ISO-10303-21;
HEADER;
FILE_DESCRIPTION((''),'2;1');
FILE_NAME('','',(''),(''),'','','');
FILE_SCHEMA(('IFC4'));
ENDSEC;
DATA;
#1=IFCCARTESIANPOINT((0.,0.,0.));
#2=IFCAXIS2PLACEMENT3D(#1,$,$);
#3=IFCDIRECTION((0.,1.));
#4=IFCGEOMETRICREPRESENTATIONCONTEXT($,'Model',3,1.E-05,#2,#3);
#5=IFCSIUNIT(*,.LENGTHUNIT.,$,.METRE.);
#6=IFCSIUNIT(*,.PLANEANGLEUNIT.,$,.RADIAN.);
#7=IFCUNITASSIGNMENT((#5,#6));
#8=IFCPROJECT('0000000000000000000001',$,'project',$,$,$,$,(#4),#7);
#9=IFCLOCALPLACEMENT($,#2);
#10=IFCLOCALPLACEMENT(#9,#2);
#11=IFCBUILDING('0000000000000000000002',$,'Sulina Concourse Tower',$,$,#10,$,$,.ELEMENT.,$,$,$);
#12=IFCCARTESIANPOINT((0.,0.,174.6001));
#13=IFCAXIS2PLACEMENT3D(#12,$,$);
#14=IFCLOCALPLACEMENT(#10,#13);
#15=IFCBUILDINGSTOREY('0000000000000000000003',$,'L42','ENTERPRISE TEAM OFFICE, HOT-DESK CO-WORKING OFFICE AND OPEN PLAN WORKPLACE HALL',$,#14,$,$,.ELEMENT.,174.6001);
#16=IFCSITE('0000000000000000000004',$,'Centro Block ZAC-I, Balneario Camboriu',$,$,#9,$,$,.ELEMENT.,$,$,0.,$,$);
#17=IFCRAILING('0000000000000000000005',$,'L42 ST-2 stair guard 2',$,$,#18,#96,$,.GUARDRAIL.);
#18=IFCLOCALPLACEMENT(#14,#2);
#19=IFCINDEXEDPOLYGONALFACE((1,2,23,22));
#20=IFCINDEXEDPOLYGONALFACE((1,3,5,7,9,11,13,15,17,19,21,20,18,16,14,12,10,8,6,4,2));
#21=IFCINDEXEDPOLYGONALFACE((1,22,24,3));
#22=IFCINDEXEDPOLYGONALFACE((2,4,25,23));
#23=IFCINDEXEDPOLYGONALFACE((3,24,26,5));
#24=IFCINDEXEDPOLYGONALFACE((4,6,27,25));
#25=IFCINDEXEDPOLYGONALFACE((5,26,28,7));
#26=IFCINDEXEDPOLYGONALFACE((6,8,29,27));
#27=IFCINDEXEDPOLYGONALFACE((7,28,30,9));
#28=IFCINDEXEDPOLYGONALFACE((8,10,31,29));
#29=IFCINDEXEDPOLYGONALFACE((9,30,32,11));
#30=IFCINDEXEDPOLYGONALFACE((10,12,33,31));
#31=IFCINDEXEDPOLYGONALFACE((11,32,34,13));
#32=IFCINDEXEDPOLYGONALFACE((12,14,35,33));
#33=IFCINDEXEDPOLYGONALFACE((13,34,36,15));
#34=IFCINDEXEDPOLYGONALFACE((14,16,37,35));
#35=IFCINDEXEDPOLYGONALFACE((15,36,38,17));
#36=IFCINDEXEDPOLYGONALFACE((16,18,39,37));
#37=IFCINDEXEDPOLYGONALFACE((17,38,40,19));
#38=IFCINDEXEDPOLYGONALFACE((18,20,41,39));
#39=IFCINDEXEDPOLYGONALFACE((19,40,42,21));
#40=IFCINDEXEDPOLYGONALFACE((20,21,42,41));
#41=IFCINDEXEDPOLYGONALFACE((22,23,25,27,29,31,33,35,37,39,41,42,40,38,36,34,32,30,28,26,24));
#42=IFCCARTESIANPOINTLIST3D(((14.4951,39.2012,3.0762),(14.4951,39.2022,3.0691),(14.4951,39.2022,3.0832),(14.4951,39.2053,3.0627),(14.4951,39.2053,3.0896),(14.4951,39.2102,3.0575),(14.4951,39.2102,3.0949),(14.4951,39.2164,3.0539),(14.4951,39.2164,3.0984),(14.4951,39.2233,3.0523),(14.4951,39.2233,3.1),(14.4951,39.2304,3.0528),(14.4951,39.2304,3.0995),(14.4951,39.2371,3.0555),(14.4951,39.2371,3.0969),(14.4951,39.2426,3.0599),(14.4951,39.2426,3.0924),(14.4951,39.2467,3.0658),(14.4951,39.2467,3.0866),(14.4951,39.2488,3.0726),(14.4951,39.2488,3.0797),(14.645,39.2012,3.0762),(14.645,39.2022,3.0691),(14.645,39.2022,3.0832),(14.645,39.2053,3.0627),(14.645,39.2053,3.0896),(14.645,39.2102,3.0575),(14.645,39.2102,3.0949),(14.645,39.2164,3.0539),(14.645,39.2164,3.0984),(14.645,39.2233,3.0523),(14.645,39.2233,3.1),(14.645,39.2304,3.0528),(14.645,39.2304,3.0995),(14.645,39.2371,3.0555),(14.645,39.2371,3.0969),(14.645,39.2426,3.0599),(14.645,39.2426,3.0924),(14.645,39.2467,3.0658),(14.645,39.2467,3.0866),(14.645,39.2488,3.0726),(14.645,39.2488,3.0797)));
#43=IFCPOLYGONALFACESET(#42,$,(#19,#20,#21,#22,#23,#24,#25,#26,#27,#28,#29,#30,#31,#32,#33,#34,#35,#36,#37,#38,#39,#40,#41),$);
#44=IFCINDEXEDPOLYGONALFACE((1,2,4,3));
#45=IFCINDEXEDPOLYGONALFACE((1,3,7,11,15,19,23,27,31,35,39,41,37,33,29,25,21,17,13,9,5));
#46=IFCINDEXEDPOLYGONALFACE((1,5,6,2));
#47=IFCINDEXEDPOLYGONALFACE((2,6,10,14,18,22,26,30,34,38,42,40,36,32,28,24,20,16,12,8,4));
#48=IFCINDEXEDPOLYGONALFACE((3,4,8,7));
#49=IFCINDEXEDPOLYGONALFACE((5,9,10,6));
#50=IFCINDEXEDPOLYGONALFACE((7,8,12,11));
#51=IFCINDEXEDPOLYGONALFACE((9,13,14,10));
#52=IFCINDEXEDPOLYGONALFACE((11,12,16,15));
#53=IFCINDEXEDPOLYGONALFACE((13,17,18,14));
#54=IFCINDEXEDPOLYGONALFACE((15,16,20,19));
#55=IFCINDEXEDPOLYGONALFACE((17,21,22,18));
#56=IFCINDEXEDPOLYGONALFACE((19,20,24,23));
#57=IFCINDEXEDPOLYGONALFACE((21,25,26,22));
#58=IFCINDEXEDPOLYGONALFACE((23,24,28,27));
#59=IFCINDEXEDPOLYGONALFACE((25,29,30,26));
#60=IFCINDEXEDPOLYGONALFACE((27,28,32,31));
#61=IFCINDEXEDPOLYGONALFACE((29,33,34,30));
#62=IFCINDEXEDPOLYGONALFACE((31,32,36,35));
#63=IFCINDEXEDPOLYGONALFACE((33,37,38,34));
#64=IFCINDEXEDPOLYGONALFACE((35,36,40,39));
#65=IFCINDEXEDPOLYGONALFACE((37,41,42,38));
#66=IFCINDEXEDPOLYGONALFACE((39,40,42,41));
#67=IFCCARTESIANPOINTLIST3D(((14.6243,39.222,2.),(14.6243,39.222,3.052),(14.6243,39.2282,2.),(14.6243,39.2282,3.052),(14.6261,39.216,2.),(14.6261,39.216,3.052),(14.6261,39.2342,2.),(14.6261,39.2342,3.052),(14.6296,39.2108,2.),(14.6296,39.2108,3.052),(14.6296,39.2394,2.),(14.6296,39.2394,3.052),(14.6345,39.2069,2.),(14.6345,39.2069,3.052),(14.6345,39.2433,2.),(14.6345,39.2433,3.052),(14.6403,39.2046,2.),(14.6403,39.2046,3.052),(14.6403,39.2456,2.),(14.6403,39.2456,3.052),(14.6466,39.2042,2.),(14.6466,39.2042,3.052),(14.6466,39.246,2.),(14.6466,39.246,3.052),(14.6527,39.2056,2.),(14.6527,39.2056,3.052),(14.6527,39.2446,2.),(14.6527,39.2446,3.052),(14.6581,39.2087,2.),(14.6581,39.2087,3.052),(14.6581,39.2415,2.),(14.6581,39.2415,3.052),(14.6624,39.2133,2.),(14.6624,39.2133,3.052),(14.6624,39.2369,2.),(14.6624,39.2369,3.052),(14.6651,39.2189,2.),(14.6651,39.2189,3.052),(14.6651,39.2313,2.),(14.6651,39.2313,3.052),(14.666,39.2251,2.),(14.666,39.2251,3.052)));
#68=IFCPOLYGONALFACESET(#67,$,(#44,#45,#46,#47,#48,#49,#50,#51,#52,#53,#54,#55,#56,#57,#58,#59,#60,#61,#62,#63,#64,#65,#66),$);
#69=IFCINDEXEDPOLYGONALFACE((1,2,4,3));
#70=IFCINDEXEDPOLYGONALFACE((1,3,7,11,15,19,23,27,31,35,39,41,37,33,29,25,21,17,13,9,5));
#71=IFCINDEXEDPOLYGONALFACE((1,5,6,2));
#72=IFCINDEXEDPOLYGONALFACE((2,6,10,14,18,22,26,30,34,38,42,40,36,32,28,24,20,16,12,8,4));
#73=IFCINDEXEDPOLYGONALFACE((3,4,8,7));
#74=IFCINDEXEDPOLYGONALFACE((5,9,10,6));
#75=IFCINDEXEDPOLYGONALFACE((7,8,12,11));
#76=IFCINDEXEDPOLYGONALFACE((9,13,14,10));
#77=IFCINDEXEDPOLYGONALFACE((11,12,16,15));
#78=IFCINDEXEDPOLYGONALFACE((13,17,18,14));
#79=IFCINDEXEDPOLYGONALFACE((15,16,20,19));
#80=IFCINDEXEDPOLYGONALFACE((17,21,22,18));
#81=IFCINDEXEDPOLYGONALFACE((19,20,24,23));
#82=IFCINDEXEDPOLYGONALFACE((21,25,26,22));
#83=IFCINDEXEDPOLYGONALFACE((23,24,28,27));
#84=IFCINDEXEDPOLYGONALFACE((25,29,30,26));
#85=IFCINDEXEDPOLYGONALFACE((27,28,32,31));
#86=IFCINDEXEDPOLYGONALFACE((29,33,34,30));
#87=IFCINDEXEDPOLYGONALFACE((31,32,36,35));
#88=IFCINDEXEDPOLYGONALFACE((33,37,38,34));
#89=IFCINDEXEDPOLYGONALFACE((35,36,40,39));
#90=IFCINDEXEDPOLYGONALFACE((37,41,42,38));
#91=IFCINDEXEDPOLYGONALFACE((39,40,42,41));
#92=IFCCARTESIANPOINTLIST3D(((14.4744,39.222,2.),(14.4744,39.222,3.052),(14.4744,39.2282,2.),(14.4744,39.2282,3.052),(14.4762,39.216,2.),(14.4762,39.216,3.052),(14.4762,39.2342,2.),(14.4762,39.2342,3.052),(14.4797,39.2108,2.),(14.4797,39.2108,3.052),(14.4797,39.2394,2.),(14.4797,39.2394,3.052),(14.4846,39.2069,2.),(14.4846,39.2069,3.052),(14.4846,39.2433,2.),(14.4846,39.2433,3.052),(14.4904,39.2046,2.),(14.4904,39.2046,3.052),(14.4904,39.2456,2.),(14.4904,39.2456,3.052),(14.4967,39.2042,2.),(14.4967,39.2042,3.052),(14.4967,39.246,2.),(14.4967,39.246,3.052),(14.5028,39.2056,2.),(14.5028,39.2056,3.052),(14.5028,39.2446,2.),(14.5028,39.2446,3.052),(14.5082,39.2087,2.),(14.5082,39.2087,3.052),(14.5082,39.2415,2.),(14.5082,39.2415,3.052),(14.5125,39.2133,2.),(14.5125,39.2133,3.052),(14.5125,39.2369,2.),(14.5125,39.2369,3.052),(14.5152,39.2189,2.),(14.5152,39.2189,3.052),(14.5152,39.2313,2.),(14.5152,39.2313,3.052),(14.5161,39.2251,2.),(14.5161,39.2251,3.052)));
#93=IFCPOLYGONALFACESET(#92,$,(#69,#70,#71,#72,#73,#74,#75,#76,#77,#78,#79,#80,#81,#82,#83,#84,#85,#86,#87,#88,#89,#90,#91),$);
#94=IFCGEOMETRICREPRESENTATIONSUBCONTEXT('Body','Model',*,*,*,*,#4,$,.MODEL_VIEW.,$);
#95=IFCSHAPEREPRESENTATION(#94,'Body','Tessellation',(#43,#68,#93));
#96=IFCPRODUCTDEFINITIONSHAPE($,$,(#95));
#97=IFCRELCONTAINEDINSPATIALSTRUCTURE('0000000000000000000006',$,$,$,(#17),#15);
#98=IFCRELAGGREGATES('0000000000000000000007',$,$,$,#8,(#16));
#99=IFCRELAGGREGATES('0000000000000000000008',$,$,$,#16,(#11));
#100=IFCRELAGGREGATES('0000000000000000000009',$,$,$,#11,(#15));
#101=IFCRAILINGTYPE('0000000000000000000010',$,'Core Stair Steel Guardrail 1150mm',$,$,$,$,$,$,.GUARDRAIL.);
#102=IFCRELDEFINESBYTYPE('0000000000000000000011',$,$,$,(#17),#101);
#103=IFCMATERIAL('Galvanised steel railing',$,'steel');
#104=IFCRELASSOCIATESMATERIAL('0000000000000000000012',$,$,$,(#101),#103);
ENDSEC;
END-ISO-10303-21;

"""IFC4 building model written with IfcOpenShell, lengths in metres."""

from ifc_helpers import new_model, si_unit, direction, frame, origin, origin_2d, place, context, subcontext, project, spatial, circle, extrude, material, type_object, element, save


model = new_model("IFC4")

# Units and contexts
model_context = context("Model", 3, precision=1e-05, world=origin(), true_north=direction((0.0, 1.0)))
body_context = subcontext(model_context, "Body", "Model", "MODEL_VIEW")
ifc_project = project(units=[si_unit("LENGTHUNIT", "METRE"), si_unit("PLANEANGLEUNIT", "RADIAN")], contexts=[model_context])

# Site, building, storey
site_placement = place(None, origin())
site = spatial("IfcSite", under=ifc_project, at=site_placement, Name="Centro Block ZAC-I, Balneario Camboriu", CompositionType="ELEMENT", RefElevation=0.0)
building_placement = place(site_placement, origin())
building = spatial("IfcBuilding", under=site, at=building_placement, Name="Sulina Concourse Tower", CompositionType="ELEMENT")
storey_placement = place(building_placement, frame((0.0, 0.0, 174.6001)))
storey = spatial("IfcBuildingStorey", under=building, at=storey_placement, Name="L42", Description="ENTERPRISE TEAM OFFICE, HOT-DESK CO-WORKING OFFICE AND OPEN PLAN WORKPLACE HALL", CompositionType="ELEMENT", Elevation=174.6001)

# Railing
ifc_material_1 = material(Name="Galvanised steel railing", Category="steel")
railing_type_1 = type_object("IfcRailingType", Name="Core Stair Steel Guardrail 1150mm", PredefinedType="GUARDRAIL", material=ifc_material_1)
railing_1_placement = place(storey_placement, frame((14.645, 39.2251, 2.0)))
element("IfcRailing", 1, at=railing_1_placement, inside=storey, type_object=railing_type_1, Name="L42 ST-2 stair guard 2", PredefinedType="GUARDRAIL", context=body_context, shape_type="SweptSolid", body=[
    extrude(circle(Radius=0.0239, at=origin_2d()), frame((0.0, 0.0, 1.0762), z_axis=(-1.0, 0.0, 0.0), x_axis=(0.0, -1.0, 0.0)), (0.0, 0.0, 1.0), 0.1499),
    extrude(circle(Radius=0.021, at=origin_2d()), origin(), (0.0, 0.0, 1.0), 1.052),
    extrude(circle(Radius=0.021, at=origin_2d()), frame((-0.1499, 0.0, 0.0)), (0.0, 0.0, 1.0), 1.052),
])

save(model, "model.ifc")
